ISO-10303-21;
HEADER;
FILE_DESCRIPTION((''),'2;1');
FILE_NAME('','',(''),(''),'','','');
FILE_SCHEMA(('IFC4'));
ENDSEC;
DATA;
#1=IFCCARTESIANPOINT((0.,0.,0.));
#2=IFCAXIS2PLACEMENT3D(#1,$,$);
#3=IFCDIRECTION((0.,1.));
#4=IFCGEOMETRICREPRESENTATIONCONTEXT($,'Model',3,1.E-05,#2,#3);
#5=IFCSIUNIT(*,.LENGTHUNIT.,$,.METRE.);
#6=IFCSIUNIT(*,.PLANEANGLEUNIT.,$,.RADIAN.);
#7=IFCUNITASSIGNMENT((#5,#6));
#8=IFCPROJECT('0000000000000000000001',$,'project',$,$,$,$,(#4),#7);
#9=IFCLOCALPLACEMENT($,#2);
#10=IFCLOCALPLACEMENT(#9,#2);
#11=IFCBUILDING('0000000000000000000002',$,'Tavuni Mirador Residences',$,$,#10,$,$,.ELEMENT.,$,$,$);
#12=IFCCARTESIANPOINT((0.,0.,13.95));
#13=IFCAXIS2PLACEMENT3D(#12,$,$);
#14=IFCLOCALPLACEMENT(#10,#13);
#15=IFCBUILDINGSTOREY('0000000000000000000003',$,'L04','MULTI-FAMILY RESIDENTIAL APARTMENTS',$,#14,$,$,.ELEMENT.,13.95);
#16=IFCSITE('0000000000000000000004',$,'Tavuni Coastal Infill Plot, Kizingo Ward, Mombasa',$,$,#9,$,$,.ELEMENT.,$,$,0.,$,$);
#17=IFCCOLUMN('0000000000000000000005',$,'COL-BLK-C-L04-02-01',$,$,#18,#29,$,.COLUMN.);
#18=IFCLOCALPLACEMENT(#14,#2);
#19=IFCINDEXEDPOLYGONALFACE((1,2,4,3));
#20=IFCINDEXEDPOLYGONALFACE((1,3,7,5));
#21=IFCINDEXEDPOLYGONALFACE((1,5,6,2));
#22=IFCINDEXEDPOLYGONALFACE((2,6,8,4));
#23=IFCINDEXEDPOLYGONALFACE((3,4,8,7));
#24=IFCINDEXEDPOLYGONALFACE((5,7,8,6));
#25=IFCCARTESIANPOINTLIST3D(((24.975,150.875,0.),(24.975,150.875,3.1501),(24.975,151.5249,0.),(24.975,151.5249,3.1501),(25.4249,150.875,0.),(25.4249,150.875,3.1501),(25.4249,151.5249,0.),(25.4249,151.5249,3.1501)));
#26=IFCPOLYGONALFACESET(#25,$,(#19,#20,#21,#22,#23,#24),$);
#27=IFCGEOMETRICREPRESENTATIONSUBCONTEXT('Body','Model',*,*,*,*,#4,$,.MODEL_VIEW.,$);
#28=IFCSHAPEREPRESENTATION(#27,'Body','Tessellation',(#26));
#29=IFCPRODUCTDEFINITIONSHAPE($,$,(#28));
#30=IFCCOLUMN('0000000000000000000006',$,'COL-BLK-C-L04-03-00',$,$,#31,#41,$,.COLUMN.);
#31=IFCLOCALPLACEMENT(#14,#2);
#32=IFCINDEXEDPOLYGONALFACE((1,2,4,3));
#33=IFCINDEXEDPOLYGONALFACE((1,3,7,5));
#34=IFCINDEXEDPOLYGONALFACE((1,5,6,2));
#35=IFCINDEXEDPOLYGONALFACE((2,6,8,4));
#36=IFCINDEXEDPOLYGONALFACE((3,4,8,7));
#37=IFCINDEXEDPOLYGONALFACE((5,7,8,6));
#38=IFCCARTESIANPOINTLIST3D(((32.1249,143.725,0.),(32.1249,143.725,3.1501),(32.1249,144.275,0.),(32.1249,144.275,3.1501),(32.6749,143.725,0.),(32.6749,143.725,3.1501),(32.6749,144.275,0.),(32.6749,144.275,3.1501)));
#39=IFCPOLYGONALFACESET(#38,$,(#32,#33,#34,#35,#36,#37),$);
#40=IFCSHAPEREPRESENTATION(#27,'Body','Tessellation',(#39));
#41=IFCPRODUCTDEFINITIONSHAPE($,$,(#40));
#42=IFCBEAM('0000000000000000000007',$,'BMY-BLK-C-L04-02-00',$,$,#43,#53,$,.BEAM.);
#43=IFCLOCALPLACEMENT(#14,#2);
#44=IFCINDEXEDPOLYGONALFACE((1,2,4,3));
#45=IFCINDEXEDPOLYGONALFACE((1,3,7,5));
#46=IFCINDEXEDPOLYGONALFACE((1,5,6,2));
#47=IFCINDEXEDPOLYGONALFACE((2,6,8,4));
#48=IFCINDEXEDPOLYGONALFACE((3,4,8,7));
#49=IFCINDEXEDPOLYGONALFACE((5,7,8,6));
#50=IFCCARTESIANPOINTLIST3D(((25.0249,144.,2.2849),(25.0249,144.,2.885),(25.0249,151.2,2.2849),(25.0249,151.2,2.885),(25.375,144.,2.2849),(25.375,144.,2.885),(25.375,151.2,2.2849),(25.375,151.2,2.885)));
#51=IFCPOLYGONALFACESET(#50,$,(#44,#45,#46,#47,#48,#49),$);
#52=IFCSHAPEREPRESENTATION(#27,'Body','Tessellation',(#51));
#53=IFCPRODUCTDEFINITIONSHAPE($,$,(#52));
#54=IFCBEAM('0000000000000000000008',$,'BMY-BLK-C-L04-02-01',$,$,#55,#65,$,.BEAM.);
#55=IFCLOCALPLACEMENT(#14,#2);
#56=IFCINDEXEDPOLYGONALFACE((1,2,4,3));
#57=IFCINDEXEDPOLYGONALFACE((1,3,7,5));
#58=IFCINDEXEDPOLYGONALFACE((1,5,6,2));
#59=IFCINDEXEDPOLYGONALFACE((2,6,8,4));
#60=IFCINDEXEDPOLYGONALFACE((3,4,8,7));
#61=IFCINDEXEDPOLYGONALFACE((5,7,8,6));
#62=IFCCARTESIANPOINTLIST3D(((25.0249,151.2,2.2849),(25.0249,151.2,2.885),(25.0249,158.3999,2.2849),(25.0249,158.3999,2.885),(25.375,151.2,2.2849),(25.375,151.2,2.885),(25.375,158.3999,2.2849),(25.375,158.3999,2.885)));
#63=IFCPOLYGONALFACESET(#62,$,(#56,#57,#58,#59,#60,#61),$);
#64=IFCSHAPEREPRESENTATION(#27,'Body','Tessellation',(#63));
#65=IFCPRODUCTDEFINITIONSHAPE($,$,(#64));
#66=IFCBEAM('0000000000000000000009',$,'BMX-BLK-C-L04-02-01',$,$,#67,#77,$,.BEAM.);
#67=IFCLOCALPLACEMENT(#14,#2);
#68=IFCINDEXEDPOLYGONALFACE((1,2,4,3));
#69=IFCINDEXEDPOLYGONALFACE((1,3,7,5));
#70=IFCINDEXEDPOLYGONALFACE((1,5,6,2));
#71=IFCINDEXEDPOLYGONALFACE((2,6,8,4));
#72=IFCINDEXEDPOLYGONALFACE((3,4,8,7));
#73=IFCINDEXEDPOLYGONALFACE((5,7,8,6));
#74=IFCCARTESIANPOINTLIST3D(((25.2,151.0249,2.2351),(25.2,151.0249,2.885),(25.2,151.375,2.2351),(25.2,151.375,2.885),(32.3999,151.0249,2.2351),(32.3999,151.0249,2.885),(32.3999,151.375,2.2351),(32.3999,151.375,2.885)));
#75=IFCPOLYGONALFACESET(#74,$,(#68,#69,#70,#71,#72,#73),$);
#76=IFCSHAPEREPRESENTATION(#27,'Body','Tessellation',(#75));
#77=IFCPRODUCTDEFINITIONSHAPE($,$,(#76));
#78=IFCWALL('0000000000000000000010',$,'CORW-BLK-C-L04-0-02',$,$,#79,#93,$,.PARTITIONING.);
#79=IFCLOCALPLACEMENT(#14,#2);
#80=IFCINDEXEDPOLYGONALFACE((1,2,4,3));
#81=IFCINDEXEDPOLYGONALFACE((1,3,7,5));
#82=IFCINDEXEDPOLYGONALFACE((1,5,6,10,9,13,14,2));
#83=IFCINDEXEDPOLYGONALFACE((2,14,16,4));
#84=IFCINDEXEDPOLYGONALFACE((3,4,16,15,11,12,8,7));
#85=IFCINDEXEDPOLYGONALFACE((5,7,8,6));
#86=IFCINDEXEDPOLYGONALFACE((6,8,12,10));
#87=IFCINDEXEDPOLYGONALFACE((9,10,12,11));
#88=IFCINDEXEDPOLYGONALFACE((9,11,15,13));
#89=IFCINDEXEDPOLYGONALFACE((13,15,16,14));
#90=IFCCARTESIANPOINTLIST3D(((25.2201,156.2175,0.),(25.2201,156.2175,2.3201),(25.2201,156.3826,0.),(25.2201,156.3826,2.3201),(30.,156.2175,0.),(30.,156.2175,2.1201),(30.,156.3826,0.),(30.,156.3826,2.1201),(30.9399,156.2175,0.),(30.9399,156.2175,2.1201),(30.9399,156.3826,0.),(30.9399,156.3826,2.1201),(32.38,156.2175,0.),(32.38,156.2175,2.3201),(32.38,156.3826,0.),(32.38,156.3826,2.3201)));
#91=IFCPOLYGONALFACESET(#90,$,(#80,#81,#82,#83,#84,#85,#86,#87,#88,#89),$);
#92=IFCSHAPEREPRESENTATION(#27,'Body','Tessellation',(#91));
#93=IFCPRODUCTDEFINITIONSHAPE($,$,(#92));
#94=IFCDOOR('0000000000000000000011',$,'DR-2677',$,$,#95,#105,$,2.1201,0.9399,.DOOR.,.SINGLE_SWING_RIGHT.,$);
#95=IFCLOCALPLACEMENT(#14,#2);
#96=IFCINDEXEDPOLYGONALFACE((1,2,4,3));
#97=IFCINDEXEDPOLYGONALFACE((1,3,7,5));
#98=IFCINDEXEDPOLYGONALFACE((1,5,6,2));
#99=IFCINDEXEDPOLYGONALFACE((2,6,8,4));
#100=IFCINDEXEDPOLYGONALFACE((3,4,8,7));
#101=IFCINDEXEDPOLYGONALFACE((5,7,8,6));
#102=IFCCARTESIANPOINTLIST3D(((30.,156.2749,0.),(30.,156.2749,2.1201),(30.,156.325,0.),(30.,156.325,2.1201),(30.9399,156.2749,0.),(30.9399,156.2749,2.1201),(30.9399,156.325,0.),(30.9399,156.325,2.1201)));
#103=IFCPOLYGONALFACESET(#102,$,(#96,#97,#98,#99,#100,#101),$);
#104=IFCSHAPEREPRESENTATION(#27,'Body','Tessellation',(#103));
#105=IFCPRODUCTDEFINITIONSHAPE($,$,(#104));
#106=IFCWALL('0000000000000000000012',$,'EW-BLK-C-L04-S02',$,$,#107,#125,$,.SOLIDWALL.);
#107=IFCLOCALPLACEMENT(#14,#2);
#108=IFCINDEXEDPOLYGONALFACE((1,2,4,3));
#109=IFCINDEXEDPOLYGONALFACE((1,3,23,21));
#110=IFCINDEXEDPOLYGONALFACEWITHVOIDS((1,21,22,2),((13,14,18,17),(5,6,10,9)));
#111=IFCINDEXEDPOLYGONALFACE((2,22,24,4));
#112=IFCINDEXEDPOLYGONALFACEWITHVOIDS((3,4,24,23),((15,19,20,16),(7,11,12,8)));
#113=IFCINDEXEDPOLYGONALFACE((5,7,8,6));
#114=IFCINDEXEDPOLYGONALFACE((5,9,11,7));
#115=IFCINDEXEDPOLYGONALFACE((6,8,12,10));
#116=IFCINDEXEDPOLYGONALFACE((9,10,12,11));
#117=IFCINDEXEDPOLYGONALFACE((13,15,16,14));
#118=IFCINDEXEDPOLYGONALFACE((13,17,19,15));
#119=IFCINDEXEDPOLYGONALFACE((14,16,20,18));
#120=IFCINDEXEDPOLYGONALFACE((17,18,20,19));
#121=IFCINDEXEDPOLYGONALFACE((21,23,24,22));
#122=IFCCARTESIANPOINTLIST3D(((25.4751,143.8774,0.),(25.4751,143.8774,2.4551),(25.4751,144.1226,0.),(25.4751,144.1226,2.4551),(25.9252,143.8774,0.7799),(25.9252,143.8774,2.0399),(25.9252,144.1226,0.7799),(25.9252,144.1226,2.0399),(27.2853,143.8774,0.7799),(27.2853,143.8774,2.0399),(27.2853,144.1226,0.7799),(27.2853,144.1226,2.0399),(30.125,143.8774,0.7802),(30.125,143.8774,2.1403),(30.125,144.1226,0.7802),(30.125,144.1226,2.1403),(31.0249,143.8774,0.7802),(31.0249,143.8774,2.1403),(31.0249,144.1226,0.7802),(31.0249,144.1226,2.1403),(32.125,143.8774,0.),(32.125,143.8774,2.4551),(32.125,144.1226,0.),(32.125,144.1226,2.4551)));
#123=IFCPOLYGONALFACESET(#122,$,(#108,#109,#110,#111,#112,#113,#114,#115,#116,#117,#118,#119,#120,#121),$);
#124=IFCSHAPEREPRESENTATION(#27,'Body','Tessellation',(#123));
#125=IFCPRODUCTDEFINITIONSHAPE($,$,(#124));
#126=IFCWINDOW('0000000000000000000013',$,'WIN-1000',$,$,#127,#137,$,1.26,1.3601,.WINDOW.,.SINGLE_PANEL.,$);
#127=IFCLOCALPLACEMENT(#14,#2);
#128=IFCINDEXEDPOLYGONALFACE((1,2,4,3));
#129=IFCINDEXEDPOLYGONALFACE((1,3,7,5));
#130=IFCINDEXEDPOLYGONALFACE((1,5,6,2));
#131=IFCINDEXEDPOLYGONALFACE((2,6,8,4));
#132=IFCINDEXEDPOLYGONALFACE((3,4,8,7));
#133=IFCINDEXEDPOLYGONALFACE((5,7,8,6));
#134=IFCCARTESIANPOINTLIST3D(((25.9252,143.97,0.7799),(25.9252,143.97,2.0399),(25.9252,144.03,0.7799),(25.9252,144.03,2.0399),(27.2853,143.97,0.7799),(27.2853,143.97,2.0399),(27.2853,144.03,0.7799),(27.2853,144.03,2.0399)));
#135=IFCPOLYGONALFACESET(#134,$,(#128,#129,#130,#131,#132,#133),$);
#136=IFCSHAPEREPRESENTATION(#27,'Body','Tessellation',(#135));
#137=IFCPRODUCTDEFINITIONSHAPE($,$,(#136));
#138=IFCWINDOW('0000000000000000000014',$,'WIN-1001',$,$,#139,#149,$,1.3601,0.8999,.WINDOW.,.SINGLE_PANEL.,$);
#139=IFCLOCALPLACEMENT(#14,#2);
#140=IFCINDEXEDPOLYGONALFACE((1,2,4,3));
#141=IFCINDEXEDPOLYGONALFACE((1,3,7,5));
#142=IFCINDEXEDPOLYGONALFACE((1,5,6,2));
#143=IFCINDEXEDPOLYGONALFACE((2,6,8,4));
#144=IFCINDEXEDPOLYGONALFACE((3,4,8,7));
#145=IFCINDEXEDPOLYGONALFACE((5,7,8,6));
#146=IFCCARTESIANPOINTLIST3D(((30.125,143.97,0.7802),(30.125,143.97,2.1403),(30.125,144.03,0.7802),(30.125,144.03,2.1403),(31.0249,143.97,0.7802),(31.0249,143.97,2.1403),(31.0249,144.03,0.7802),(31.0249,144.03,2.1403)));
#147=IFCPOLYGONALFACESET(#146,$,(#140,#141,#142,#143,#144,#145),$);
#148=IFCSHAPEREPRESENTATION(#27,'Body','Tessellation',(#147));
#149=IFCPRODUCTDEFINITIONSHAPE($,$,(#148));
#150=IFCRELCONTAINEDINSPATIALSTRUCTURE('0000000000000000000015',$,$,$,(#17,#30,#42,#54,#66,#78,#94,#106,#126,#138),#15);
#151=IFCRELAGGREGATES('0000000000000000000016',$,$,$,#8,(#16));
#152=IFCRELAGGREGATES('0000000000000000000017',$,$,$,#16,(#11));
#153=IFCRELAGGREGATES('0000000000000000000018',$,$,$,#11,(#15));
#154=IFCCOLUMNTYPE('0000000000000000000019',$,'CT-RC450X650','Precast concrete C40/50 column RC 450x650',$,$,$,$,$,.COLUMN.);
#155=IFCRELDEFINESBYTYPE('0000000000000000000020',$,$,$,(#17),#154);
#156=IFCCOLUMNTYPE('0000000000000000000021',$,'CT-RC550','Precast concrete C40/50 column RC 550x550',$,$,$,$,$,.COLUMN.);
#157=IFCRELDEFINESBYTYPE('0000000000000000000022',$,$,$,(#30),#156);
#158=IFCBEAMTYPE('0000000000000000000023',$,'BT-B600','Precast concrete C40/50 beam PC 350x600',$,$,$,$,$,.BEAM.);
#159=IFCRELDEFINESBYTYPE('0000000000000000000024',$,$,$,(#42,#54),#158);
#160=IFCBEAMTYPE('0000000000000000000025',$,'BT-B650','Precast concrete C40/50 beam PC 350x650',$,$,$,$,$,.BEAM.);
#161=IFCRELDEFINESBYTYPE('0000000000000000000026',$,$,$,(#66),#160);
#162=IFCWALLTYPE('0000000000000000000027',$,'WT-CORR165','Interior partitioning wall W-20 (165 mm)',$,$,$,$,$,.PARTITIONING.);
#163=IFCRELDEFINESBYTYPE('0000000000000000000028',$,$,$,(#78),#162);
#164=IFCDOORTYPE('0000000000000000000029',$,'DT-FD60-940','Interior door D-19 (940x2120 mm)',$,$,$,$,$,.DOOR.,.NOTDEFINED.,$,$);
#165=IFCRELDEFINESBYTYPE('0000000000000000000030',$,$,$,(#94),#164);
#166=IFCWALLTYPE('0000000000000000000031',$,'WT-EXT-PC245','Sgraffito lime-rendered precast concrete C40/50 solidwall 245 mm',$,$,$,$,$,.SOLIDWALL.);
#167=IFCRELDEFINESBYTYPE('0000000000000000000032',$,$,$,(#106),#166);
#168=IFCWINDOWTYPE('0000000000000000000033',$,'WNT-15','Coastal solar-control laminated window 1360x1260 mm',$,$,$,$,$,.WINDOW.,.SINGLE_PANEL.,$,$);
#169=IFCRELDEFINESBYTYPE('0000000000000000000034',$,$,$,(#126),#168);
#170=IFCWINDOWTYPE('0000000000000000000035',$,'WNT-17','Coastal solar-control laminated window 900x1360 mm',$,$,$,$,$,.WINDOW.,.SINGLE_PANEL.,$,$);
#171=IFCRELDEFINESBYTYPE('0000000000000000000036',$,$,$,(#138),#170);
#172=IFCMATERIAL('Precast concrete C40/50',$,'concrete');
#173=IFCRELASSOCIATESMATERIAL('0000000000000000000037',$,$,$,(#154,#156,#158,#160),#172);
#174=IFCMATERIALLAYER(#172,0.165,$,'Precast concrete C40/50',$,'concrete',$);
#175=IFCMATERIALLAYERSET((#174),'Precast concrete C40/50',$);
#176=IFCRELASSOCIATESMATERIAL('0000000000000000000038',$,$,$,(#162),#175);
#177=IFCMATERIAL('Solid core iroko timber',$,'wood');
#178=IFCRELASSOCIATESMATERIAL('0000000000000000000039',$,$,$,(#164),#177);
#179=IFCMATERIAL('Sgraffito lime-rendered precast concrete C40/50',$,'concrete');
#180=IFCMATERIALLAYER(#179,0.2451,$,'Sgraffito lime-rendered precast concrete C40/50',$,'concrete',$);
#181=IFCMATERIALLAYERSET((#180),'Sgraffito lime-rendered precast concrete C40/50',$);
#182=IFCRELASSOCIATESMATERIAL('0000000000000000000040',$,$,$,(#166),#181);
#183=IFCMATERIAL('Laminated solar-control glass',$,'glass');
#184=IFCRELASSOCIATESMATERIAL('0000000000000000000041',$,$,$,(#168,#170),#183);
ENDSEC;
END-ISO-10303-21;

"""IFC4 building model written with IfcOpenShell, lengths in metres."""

from ifc_helpers import new_model, si_unit, direction, frame, frame_2d, origin, origin_2d, place, context, subcontext, project, spatial, rectangle, extrude, material, layer, layer_set, material_profile, profile_set, type_object, element, fill, save


model = new_model("IFC4")

# Units and contexts
model_context = context("Model", 3, precision=1e-05, world=origin(), true_north=direction((0.0, 1.0)))
body_context = subcontext(model_context, "Body", "Model", "MODEL_VIEW")
ifc_project = project(units=[si_unit("LENGTHUNIT", "METRE"), si_unit("PLANEANGLEUNIT", "RADIAN")], contexts=[model_context])

# Site, building, storey
site_placement = place(None, origin())
site = spatial("IfcSite", under=ifc_project, at=site_placement, Name="Tavuni Coastal Infill Plot, Kizingo Ward, Mombasa", CompositionType="ELEMENT", RefElevation=0.0)
building_placement = place(site_placement, origin())
building = spatial("IfcBuilding", under=site, at=building_placement, Name="Tavuni Mirador Residences", CompositionType="ELEMENT")
storey_placement = place(building_placement, frame((0.0, 0.0, 13.95)))
storey = spatial("IfcBuildingStorey", under=building, at=storey_placement, Name="L04", Description="MULTI-FAMILY RESIDENTIAL APARTMENTS", CompositionType="ELEMENT", Elevation=13.95)

# Columns
ifc_material_1 = material(Name="Precast concrete C40/50", Category="concrete")
ifc_material_profile_1 = material_profile(ifc_material_1, rectangle(XDim=0.45, YDim=0.6499, at=origin_2d()), Name="RC 450x650", Category="concrete")
ifc_profile_set_1 = profile_set([ifc_material_profile_1], Name="Precast concrete C40/50")
column_type_1 = type_object("IfcColumnType", Name="CT-RC450X650", Description="Precast concrete C40/50 column RC 450x650", PredefinedType="COLUMN", material=ifc_profile_set_1)
column_1_placement = place(storey_placement, frame((25.2, 151.2, 0.0), z_axis=(0.0, 0.0, 1.0), x_axis=(1.0, 0.0, 0.0)))
element("IfcColumn", 1, at=column_1_placement, inside=storey, type_object=column_type_1, Name="COL-BLK-C-L04-02-01", PredefinedType="COLUMN", context=body_context, shape_type="SweptSolid", body=[
    extrude(rectangle(XDim=0.45, YDim=0.6499, at=origin_2d()), origin(), (0.0, 0.0, 1.0), 3.1501),
])
ifc_material_profile_2 = material_profile(ifc_material_1, rectangle(XDim=0.55, YDim=0.55, at=origin_2d()), Name="RC 550x550", Category="concrete")
ifc_profile_set_2 = profile_set([ifc_material_profile_2], Name="Precast concrete C40/50")
column_type_2 = type_object("IfcColumnType", Name="CT-RC550", Description="Precast concrete C40/50 column RC 550x550", PredefinedType="COLUMN", material=ifc_profile_set_2)
column_2_placement = place(storey_placement, frame((32.3999, 144.0, 0.0), z_axis=(0.0, 0.0, 1.0), x_axis=(1.0, 0.0, 0.0)))
element("IfcColumn", 2, at=column_2_placement, inside=storey, type_object=column_type_2, Name="COL-BLK-C-L04-03-00", PredefinedType="COLUMN", context=body_context, shape_type="SweptSolid", body=[
    extrude(rectangle(XDim=0.55, YDim=0.55, at=origin_2d()), origin(), (0.0, 0.0, 1.0), 3.1501),
])

# Beams
ifc_material_profile_3 = material_profile(ifc_material_1, rectangle(XDim=0.3501, YDim=0.6001, at=origin_2d()), Name="PC 350x600", Category="concrete")
ifc_profile_set_3 = profile_set([ifc_material_profile_3], Name="Precast concrete C40/50")
beam_type_1 = type_object("IfcBeamType", Name="BT-B600", Description="Precast concrete C40/50 beam PC 350x600", PredefinedType="BEAM", material=ifc_profile_set_3)
for number, where, z_axis, x_axis, name in (
    (3, (25.2, 144.0, 2.585), (0.0, 1.0, 0.0), (-1.0, 0.0, 0.0), "BMY-BLK-C-L04-02-00"),
    (4, (25.2, 151.2, 2.585), (0.0, 1.0, 0.0), (-1.0, 0.0, 0.0), "BMY-BLK-C-L04-02-01"),
):
    element("IfcBeam", number, at=place(storey_placement, frame(where, z_axis=z_axis, x_axis=x_axis)), inside=storey, type_object=beam_type_1, Name=name, PredefinedType="BEAM", context=body_context, shape_type="SweptSolid", body=[
        extrude(rectangle(XDim=0.3501, YDim=0.6001, at=origin_2d()), origin(), (0.0, 0.0, 1.0), 7.2),
    ])
ifc_material_profile_4 = material_profile(ifc_material_1, rectangle(XDim=0.3501, YDim=0.6499, at=origin_2d()), Name="PC 350x650", Category="concrete")
ifc_profile_set_4 = profile_set([ifc_material_profile_4], Name="Precast concrete C40/50")
beam_type_2 = type_object("IfcBeamType", Name="BT-B650", Description="Precast concrete C40/50 beam PC 350x650", PredefinedType="BEAM", material=ifc_profile_set_4)
beam_placement = place(storey_placement, frame((25.2, 151.2, 2.5601), z_axis=(1.0, 0.0, 0.0), x_axis=(0.0, 1.0, 0.0)))
element("IfcBeam", 5, at=beam_placement, inside=storey, type_object=beam_type_2, Name="BMX-BLK-C-L04-02-01", PredefinedType="BEAM", context=body_context, shape_type="SweptSolid", body=[
    extrude(rectangle(XDim=0.3501, YDim=0.6499, at=origin_2d()), origin(), (0.0, 0.0, 1.0), 7.2),
])

# Wall, opening, door
ifc_layer_1 = layer(ifc_material_1, 0.165, Name="Precast concrete C40/50", Category="concrete")
ifc_layer_set_1 = layer_set([ifc_layer_1], Name="Precast concrete C40/50")
wall_type_1 = type_object("IfcWallType", Name="WT-CORR165", Description="Interior partitioning wall W-20 (165 mm)", PredefinedType="PARTITIONING", material=ifc_layer_set_1)
wall_1_placement = place(storey_placement, frame((25.22, 156.3, 0.0), z_axis=(0.0, 0.0, 1.0), x_axis=(1.0, 0.0, 0.0)))
wall_1 = element("IfcWall", 6, at=wall_1_placement, inside=storey, type_object=wall_type_1, Name="CORW-BLK-C-L04-0-02", PredefinedType="PARTITIONING", context=body_context, shape_type="SweptSolid", body=[
    extrude(rectangle(XDim=7.1599, YDim=0.165, at=frame_2d((3.5801, 0.0))), origin(), (0.0, 0.0, 1.0), 2.3201),
])
opening_1_placement = place(wall_1_placement, frame((4.78, 0.0, 0.0)))
opening_1 = element("IfcOpeningElement", 7, at=opening_1_placement, cuts=wall_1, PredefinedType="OPENING", context=body_context, shape_type="SweptSolid", body=[
    extrude(rectangle(XDim=0.9399, YDim=2.1201, at=frame_2d((0.47, 1.0601))), frame((0.0, 0.0925, 0.0), z_axis=(0.0, -1.0, 0.0), x_axis=(1.0, 0.0, 0.0)), (0.0, 0.0, 1.0), 0.1851),
])
ifc_material_2 = material(Name="Solid core iroko timber", Category="wood")
door_type_1 = type_object("IfcDoorType", Name="DT-FD60-940", Description="Interior door D-19 (940x2120 mm)", OperationType="NOTDEFINED", PredefinedType="DOOR", material=ifc_material_2)
door_1_placement = place(opening_1_placement, origin())
door_1 = element("IfcDoor", 8, at=door_1_placement, inside=storey, type_object=door_type_1, Name="DR-2677", OperationType="SINGLE_SWING_RIGHT", OverallHeight=2.1201, OverallWidth=0.9399, PredefinedType="DOOR", context=body_context, shape_type="SweptSolid", body=[
    extrude(rectangle(XDim=0.9399, YDim=2.1201, at=frame_2d((0.47, 1.0601))), frame((0.0, 0.0249, 0.0), z_axis=(0.0, -1.0, 0.0), x_axis=(1.0, 0.0, 0.0)), (0.0, 0.0, 1.0), 0.05),
])
fill(opening_1, door_1)

# Wall, openings, windows
ifc_material_3 = material(Name="Sgraffito lime-rendered precast concrete C40/50", Category="concrete")
ifc_layer_2 = layer(ifc_material_3, 0.2451, Name="Sgraffito lime-rendered precast concrete C40/50", Category="concrete")
ifc_layer_set_2 = layer_set([ifc_layer_2], Name="Sgraffito lime-rendered precast concrete C40/50")
wall_type_2 = type_object("IfcWallType", Name="WT-EXT-PC245", Description="Sgraffito lime-rendered precast concrete C40/50 solidwall 245 mm", PredefinedType="SOLIDWALL", material=ifc_layer_set_2)
wall_2_placement = place(storey_placement, frame((25.4751, 144.0, 0.0), z_axis=(0.0, 0.0, 1.0), x_axis=(1.0, 0.0, 0.0)))
wall_2 = element("IfcWall", 9, at=wall_2_placement, inside=storey, type_object=wall_type_2, Name="EW-BLK-C-L04-S02", PredefinedType="SOLIDWALL", context=body_context, shape_type="SweptSolid", body=[
    extrude(rectangle(XDim=6.6499, YDim=0.2451, at=frame_2d((3.325, 0.0))), origin(), (0.0, 0.0, 1.0), 2.4551),
])
opening_2_placement = place(wall_2_placement, frame((0.45, 0.0, 0.78)))
opening_2 = element("IfcOpeningElement", 10, at=opening_2_placement, cuts=wall_2, PredefinedType="OPENING", context=body_context, shape_type="SweptSolid", body=[
    extrude(rectangle(XDim=1.3601, YDim=1.26, at=frame_2d((0.6802, 0.6299))), frame((0.0, 0.1326, 0.0), z_axis=(0.0, -1.0, 0.0), x_axis=(1.0, 0.0, 0.0)), (0.0, 0.0, 1.0), 0.2651),
])
opening_3_placement = place(wall_2_placement, frame((4.6499, 0.0, 0.78)))
opening_3 = element("IfcOpeningElement", 11, at=opening_3_placement, cuts=wall_2, PredefinedType="OPENING", context=body_context, shape_type="SweptSolid", body=[
    extrude(rectangle(XDim=0.8999, YDim=1.3601, at=frame_2d((0.45, 0.6802))), frame((0.0, 0.1326, 0.0), z_axis=(0.0, -1.0, 0.0), x_axis=(1.0, 0.0, 0.0)), (0.0, 0.0, 1.0), 0.2651),
])
ifc_material_4 = material(Name="Laminated solar-control glass", Category="glass")
window_type_1 = type_object("IfcWindowType", Name="WNT-15", Description="Coastal solar-control laminated window 1360x1260 mm", PartitioningType="SINGLE_PANEL", PredefinedType="WINDOW", material=ifc_material_4)
window_1_placement = place(opening_2_placement, origin())
window_1 = element("IfcWindow", 12, at=window_1_placement, inside=storey, type_object=window_type_1, Name="WIN-1000", OverallHeight=1.26, OverallWidth=1.3601, PartitioningType="SINGLE_PANEL", PredefinedType="WINDOW", context=body_context, shape_type="SweptSolid", body=[
    extrude(rectangle(XDim=1.3601, YDim=1.26, at=frame_2d((0.6802, 0.6299))), frame((0.0, 0.03, 0.0), z_axis=(0.0, -1.0, 0.0), x_axis=(1.0, 0.0, 0.0)), (0.0, 0.0, 1.0), 0.0601),
])
fill(opening_2, window_1)
window_type_2 = type_object("IfcWindowType", Name="WNT-17", Description="Coastal solar-control laminated window 900x1360 mm", PartitioningType="SINGLE_PANEL", PredefinedType="WINDOW", material=ifc_material_4)
window_2_placement = place(opening_3_placement, origin())
window_2 = element("IfcWindow", 13, at=window_2_placement, inside=storey, type_object=window_type_2, Name="WIN-1001", OverallHeight=1.3601, OverallWidth=0.8999, PartitioningType="SINGLE_PANEL", PredefinedType="WINDOW", context=body_context, shape_type="SweptSolid", body=[
    extrude(rectangle(XDim=0.8999, YDim=1.3601, at=frame_2d((0.45, 0.6802))), frame((0.0, 0.03, 0.0), z_axis=(0.0, -1.0, 0.0), x_axis=(1.0, 0.0, 0.0)), (0.0, 0.0, 1.0), 0.0601),
])
fill(opening_3, window_2)

save(model, "model.ifc")
